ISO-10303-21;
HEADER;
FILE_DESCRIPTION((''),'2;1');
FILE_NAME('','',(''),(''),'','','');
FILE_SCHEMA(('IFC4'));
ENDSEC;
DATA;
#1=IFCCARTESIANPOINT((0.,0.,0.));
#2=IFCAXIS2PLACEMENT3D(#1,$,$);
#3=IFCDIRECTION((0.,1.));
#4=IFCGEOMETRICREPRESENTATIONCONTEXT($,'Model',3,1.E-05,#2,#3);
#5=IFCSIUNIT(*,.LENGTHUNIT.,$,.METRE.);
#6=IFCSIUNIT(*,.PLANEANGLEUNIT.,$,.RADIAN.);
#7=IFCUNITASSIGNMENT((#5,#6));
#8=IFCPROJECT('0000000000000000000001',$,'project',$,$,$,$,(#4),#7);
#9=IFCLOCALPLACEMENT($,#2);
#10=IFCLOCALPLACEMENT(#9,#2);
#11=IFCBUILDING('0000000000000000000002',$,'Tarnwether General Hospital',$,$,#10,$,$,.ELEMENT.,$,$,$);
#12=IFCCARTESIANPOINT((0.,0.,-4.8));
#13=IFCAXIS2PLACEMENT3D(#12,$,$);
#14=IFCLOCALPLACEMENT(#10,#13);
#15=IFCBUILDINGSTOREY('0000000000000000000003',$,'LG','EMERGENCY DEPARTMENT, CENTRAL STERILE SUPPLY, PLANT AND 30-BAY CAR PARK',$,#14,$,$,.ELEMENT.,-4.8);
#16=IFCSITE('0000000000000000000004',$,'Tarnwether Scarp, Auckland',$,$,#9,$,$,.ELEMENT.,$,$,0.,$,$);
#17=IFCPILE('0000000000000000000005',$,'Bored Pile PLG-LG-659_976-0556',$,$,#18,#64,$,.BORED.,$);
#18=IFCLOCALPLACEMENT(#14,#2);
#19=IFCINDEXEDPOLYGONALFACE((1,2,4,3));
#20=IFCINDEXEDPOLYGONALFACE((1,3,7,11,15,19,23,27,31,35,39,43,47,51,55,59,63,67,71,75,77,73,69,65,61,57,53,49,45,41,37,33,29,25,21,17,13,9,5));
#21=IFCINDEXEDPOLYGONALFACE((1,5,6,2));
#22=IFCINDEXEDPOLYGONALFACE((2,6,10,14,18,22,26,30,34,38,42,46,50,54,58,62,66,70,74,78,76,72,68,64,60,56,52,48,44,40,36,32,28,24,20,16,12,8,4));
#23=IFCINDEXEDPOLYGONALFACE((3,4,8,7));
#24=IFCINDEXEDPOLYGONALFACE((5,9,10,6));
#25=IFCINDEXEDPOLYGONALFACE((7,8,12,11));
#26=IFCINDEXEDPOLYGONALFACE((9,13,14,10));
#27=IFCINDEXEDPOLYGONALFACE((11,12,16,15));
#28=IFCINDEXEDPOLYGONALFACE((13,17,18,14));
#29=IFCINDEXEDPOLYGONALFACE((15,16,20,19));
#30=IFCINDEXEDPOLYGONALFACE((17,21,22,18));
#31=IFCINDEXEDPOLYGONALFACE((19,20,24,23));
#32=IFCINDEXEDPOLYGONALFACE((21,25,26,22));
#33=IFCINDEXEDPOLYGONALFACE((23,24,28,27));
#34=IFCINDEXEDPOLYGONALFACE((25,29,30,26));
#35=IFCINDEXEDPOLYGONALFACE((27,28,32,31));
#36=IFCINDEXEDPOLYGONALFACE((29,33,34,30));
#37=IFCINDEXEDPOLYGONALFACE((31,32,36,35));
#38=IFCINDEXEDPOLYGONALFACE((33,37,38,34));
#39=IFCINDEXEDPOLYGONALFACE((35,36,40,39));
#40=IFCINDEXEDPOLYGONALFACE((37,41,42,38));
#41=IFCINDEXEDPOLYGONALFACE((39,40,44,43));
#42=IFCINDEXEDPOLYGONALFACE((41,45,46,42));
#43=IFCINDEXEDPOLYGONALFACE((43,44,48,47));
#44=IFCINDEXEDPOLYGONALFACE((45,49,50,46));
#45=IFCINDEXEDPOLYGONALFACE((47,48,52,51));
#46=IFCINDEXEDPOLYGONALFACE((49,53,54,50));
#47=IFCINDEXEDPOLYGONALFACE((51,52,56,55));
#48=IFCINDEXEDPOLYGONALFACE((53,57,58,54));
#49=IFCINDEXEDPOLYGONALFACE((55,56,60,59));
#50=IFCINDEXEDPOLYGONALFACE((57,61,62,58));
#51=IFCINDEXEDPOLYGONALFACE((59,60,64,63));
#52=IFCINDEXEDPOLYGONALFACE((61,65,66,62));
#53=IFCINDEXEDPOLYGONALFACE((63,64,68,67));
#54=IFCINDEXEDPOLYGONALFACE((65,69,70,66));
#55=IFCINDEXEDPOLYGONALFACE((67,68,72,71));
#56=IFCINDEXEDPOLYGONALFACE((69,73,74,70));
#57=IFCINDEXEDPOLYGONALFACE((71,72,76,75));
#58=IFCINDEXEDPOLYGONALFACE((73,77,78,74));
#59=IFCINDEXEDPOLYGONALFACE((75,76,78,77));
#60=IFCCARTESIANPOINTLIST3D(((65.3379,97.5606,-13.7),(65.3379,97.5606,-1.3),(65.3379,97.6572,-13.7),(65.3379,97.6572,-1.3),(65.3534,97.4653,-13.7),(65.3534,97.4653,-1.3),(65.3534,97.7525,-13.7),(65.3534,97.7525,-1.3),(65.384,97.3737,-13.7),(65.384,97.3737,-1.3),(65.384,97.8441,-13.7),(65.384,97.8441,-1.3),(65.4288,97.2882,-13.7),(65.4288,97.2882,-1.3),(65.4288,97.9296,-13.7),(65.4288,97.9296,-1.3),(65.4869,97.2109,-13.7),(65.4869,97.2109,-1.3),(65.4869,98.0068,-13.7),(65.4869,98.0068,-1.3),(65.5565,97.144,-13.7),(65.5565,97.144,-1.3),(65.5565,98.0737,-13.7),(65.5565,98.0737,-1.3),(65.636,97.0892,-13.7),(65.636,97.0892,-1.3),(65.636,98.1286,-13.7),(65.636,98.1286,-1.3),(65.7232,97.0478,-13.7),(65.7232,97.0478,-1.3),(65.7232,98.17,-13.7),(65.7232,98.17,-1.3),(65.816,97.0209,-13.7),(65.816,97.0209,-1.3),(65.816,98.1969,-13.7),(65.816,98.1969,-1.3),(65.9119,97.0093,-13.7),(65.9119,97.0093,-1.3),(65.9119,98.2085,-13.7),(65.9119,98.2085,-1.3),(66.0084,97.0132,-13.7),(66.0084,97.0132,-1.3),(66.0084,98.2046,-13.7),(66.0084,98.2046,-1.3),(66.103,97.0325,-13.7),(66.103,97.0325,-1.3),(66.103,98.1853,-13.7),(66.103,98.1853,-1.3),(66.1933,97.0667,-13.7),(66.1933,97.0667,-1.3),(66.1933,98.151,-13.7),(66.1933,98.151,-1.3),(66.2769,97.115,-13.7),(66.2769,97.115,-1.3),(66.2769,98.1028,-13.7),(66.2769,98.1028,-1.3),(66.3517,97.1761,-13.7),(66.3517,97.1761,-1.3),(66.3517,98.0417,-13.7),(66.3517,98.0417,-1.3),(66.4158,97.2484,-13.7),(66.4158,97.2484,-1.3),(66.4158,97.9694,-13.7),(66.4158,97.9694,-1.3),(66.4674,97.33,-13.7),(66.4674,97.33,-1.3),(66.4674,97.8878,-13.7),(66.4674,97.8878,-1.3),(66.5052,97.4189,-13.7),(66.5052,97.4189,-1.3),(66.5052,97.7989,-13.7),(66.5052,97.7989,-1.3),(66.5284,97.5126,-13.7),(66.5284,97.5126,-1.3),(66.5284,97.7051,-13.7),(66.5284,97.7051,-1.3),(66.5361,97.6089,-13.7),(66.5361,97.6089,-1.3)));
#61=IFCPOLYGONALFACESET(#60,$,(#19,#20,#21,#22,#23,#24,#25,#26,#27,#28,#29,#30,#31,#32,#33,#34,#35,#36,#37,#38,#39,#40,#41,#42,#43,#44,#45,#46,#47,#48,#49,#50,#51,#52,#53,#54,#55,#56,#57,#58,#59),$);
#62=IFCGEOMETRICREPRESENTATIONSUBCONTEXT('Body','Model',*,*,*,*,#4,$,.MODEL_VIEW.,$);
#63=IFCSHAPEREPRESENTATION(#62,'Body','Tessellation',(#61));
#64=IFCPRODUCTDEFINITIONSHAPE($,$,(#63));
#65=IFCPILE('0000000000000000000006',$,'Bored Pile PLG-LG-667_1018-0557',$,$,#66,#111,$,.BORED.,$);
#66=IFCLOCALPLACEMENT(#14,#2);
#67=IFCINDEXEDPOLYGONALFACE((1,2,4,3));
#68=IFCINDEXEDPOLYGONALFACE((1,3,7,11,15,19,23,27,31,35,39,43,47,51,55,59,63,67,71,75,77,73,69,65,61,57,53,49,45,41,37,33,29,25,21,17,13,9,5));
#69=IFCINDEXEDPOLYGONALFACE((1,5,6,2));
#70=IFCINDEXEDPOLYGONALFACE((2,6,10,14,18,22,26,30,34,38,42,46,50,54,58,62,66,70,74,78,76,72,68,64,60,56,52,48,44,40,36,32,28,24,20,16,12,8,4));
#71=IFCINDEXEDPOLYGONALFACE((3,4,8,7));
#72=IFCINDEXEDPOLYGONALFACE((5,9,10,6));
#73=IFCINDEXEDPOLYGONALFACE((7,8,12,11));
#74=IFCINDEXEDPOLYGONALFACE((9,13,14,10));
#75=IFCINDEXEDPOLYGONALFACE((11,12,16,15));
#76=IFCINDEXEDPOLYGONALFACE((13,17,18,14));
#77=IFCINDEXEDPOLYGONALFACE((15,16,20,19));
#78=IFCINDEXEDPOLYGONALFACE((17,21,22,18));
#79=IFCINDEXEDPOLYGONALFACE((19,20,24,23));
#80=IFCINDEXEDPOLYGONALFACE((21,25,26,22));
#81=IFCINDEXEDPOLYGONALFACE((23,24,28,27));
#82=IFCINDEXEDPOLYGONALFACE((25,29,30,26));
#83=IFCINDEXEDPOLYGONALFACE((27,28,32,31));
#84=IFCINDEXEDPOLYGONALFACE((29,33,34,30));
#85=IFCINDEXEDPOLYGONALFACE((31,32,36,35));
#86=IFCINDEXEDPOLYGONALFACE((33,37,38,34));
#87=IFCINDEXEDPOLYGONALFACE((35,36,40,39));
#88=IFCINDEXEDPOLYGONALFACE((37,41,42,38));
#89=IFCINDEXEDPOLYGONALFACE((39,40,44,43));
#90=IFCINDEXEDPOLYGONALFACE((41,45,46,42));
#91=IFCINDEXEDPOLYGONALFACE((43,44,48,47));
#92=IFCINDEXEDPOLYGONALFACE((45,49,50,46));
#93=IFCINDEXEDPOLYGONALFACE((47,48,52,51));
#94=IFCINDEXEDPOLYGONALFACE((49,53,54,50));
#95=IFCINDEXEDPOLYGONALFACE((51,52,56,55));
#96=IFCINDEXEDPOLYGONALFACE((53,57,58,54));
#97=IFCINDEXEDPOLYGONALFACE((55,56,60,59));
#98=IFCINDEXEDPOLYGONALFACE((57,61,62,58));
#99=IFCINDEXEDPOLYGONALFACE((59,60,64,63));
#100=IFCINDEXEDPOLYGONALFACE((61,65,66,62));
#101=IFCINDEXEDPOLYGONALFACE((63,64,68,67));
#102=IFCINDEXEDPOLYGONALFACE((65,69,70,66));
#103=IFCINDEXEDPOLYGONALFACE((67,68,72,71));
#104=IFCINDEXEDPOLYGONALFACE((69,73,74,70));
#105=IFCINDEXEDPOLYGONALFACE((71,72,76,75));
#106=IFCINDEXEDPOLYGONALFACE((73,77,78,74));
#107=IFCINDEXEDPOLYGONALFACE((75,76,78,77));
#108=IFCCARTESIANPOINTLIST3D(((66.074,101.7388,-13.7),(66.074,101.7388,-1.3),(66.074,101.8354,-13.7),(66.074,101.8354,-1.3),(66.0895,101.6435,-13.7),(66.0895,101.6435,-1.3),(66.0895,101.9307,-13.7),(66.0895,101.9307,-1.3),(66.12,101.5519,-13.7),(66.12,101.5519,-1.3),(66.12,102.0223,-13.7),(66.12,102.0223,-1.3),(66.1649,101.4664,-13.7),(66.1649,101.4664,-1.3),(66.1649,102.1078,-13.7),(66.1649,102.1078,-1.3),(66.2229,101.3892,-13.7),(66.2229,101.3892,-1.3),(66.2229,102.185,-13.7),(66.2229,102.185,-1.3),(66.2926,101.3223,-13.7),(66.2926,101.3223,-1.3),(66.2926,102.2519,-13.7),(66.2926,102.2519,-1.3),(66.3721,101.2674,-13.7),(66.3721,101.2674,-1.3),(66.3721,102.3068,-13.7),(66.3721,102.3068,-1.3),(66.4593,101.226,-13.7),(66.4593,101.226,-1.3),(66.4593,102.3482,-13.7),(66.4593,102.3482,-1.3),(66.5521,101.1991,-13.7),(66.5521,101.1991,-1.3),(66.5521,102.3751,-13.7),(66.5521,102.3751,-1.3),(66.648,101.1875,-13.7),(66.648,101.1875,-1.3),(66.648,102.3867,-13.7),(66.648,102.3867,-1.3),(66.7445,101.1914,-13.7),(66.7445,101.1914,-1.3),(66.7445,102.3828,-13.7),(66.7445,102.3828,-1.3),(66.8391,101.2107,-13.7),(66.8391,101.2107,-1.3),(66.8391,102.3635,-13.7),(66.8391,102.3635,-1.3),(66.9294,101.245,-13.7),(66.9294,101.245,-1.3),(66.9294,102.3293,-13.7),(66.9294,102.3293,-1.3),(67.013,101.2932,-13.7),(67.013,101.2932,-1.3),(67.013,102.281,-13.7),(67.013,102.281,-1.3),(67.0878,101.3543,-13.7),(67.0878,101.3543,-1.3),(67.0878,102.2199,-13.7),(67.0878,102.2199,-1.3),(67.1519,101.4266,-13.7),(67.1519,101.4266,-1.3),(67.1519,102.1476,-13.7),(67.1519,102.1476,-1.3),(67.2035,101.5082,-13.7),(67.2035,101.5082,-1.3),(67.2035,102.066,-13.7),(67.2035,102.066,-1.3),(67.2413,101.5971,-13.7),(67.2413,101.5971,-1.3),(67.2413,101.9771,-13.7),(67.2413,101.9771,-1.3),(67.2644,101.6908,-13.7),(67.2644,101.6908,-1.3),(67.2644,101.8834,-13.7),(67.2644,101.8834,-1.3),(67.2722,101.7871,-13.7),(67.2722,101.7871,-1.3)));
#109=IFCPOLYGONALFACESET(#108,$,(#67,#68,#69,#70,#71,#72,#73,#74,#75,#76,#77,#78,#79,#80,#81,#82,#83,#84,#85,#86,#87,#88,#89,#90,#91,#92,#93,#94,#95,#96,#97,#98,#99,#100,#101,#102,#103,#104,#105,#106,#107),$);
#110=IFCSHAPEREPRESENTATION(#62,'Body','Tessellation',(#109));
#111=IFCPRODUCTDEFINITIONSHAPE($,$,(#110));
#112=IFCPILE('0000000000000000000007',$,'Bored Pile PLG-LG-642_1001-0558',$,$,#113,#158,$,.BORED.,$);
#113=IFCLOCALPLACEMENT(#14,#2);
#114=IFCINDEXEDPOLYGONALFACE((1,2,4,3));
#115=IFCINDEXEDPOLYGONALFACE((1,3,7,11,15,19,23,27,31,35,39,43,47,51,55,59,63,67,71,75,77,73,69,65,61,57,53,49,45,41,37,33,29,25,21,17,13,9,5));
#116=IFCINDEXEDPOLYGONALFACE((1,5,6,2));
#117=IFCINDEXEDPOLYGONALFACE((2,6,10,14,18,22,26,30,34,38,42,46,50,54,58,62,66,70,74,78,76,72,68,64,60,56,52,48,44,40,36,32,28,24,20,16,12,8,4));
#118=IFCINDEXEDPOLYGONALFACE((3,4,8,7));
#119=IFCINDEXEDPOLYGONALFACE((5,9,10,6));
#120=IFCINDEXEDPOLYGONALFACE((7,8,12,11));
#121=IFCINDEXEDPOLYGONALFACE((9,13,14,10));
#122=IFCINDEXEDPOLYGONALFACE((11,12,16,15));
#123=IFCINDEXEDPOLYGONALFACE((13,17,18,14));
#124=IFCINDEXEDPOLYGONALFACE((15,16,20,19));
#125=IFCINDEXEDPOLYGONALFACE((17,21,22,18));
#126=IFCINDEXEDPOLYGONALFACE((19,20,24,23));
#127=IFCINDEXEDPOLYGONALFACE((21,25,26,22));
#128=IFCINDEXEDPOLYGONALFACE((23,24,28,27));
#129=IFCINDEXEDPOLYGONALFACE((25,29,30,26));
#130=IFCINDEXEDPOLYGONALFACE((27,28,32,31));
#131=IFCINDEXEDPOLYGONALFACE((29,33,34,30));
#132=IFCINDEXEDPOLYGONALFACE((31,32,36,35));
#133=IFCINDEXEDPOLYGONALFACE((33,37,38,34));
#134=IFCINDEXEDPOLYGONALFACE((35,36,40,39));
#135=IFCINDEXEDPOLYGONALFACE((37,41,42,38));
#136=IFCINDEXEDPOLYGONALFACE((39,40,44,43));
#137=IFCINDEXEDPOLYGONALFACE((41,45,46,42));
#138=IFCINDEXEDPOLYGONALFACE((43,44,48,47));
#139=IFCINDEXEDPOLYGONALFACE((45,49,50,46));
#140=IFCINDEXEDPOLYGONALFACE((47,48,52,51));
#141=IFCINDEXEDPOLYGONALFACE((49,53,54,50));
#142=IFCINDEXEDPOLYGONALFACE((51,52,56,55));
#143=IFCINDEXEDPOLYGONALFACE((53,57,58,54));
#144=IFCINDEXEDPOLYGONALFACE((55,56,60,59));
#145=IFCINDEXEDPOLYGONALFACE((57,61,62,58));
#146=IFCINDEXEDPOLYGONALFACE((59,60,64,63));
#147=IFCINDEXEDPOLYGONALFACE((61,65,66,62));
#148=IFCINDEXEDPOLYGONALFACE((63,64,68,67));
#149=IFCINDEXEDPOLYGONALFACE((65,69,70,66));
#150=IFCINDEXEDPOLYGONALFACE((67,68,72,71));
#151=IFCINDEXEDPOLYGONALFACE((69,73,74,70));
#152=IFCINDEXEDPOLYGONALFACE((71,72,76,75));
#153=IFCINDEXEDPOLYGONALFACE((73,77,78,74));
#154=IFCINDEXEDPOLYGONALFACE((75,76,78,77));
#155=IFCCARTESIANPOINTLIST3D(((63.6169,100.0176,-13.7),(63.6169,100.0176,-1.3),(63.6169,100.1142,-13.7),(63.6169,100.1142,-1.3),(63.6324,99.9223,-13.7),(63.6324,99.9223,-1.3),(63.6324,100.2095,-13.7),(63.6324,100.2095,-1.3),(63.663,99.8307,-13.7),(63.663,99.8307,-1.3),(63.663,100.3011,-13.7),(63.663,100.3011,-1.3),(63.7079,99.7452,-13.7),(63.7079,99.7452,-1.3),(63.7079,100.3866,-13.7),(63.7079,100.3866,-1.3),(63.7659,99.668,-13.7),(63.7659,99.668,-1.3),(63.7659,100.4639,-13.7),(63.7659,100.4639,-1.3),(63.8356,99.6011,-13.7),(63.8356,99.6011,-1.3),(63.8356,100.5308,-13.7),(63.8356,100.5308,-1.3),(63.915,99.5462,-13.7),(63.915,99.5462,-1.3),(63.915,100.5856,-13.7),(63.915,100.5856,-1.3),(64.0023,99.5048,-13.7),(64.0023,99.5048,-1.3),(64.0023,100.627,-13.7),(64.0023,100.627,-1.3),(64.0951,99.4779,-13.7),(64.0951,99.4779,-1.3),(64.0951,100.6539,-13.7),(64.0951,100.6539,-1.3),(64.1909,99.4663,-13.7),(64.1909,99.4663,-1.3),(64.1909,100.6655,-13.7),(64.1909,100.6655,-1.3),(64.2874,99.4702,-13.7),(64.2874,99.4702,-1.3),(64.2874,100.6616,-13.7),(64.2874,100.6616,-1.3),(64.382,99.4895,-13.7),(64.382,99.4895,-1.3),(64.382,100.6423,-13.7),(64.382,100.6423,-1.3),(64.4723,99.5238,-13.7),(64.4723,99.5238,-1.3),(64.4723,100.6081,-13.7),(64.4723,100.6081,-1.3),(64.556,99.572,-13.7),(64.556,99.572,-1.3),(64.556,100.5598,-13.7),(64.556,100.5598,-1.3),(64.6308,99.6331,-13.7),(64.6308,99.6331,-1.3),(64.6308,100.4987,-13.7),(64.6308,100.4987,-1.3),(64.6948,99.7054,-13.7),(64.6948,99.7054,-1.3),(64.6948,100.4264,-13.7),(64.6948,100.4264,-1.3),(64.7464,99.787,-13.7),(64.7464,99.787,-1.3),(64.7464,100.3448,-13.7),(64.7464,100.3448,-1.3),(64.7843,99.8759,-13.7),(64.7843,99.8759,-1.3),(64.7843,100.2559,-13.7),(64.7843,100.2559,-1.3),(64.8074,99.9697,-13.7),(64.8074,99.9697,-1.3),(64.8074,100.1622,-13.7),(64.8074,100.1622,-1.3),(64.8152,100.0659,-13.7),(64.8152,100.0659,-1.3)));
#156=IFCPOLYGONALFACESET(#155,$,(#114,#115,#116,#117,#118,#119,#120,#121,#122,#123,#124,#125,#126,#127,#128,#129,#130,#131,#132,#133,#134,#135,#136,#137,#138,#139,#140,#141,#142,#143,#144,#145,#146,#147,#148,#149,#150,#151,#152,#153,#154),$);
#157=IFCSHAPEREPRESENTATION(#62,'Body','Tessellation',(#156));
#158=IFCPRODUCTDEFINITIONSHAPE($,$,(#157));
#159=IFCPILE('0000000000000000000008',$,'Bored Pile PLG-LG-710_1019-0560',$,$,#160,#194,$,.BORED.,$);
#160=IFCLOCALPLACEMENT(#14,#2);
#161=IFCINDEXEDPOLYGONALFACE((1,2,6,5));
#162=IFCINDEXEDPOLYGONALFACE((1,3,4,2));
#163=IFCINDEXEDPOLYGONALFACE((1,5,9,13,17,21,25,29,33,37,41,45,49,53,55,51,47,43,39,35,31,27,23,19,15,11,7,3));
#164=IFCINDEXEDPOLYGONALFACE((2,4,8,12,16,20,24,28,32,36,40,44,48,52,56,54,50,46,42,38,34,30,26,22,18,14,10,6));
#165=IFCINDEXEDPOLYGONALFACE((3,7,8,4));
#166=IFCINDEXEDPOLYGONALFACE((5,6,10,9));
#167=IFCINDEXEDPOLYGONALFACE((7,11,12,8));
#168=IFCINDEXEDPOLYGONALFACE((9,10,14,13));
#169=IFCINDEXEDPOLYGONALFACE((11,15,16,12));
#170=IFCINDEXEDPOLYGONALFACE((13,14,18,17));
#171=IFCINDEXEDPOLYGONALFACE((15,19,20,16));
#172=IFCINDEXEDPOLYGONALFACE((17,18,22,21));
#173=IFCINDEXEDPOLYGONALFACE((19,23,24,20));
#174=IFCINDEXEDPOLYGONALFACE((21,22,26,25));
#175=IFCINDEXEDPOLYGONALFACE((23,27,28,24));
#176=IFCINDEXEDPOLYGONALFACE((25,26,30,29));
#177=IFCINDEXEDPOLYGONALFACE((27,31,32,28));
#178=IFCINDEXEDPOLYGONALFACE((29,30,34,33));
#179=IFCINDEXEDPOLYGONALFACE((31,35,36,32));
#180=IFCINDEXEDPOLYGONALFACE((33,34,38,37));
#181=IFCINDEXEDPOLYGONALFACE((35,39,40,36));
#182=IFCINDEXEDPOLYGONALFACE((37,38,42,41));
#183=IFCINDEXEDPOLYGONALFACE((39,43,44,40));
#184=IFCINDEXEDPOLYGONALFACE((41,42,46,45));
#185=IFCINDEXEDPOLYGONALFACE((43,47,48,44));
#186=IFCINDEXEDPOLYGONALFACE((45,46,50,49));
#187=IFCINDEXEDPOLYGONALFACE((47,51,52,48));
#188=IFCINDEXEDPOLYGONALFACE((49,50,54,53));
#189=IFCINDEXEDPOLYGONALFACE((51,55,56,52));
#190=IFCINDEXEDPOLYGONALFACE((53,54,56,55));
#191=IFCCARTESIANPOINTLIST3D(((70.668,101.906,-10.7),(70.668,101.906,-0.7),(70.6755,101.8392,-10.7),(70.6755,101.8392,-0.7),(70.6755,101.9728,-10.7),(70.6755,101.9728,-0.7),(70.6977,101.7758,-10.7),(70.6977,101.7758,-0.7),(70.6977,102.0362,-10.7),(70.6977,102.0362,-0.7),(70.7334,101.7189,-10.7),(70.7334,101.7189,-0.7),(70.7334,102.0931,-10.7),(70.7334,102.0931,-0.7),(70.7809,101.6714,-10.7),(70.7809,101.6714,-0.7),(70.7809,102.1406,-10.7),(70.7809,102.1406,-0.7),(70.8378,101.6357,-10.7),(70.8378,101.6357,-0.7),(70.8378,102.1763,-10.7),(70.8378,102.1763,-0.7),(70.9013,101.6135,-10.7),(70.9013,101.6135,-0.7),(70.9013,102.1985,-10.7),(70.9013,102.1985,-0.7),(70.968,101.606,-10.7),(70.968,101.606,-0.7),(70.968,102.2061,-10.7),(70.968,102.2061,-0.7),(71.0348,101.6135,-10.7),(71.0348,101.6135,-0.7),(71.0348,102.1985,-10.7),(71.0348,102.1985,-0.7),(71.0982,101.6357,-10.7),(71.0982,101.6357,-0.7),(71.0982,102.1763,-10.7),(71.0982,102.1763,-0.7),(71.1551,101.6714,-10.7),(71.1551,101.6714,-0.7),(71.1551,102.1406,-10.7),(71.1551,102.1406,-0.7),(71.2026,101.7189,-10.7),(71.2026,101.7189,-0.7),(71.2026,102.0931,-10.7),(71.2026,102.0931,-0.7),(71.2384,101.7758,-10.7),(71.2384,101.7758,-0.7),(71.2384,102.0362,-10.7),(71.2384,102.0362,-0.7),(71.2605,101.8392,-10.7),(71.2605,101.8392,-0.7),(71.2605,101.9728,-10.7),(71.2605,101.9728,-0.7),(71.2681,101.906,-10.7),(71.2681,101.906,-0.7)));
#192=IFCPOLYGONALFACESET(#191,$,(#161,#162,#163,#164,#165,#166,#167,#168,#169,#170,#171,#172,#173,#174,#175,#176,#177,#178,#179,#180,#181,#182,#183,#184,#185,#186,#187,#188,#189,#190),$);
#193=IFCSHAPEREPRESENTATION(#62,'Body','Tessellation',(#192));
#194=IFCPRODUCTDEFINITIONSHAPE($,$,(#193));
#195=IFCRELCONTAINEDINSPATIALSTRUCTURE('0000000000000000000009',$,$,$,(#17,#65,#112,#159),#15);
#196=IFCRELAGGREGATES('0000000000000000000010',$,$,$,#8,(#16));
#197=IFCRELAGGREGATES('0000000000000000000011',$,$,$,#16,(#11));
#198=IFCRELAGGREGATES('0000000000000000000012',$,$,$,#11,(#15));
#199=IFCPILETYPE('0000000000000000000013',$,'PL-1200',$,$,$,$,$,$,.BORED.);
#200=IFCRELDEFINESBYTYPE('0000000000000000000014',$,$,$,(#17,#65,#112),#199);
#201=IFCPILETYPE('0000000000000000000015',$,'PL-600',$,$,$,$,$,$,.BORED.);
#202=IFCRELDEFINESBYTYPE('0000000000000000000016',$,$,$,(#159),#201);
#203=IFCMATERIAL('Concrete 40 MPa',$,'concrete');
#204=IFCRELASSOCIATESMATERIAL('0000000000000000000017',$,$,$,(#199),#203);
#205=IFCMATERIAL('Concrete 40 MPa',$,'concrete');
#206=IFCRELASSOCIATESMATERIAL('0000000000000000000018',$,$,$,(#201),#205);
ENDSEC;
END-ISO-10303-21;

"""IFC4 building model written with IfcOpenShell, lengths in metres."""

from ifc_helpers import new_model, si_unit, direction, frame, origin, origin_2d, place, context, subcontext, project, spatial, circle, extrude, material, material_profile, profile_set, type_object, element, save


model = new_model("IFC4")

# Units and contexts
model_context = context("Model", 3, precision=1e-05, world=origin(), true_north=direction((0.0, 1.0)))
body_context = subcontext(model_context, "Body", "Model", "MODEL_VIEW")
ifc_project = project(units=[si_unit("LENGTHUNIT", "METRE"), si_unit("PLANEANGLEUNIT", "RADIAN")], contexts=[model_context])

# Site, building, storey
site_placement = place(None, origin())
site = spatial("IfcSite", under=ifc_project, at=site_placement, Name="Tarnwether Scarp, Auckland", CompositionType="ELEMENT", RefElevation=0.0)
building_placement = place(site_placement, origin())
building = spatial("IfcBuilding", under=site, at=building_placement, Name="Tarnwether General Hospital", CompositionType="ELEMENT")
storey_placement = place(building_placement, frame((0.0, 0.0, -4.8)))
storey = spatial("IfcBuildingStorey", under=building, at=storey_placement, Name="LG", Description="EMERGENCY DEPARTMENT, CENTRAL STERILE SUPPLY, PLANT AND 30-BAY CAR PARK", CompositionType="ELEMENT", Elevation=-4.8)

# Piles
ifc_material_1 = material(Name="Concrete 40 MPa", Category="concrete")
ifc_material_profile_1 = material_profile(ifc_material_1, circle(Radius=0.6001, at=origin_2d()), Name="PILE-D1200")
ifc_profile_set_1 = profile_set([ifc_material_profile_1], Name="Concrete 40 MPa")
pile_type_1 = type_object("IfcPileType", Name="PL-1200", PredefinedType="BORED", material=ifc_profile_set_1)
for number, where, z_axis, x_axis, name in (
    (1, (65.936, 97.6089, -1.3), (0.0, 0.0, -1.0), (1.0, 0.0, 0.0), "Bored Pile PLG-LG-659_976-0556"),
    (2, (66.6721, 101.7871, -1.3), (0.0, 0.0, -1.0), (1.0, 0.0, 0.0), "Bored Pile PLG-LG-667_1018-0557"),
    (3, (64.2151, 100.0659, -1.3), (0.0, 0.0, -1.0), (1.0, 0.0, 0.0), "Bored Pile PLG-LG-642_1001-0558"),
):
    element("IfcPile", number, at=place(storey_placement, frame(where, z_axis=z_axis, x_axis=x_axis)), inside=storey, type_object=pile_type_1, Name=name, PredefinedType="BORED", context=body_context, shape_type="SweptSolid", body=[
        extrude(circle(Radius=0.6001, at=origin_2d()), origin(), (0.0, 0.0, 1.0), 12.3999),
    ])
ifc_material_2 = material(Name="Concrete 40 MPa", Category="concrete")
ifc_material_profile_2 = material_profile(ifc_material_2, circle(Radius=0.3, at=origin_2d()), Name="PILE-D600")
ifc_profile_set_2 = profile_set([ifc_material_profile_2], Name="Concrete 40 MPa")
pile_type_2 = type_object("IfcPileType", Name="PL-600", PredefinedType="BORED", material=ifc_profile_set_2)
pile_placement = place(storey_placement, frame((70.968, 101.906, -0.7), z_axis=(0.0, 0.0, -1.0), x_axis=(1.0, 0.0, 0.0)))
element("IfcPile", 4, at=pile_placement, inside=storey, type_object=pile_type_2, Name="Bored Pile PLG-LG-710_1019-0560", PredefinedType="BORED", context=body_context, shape_type="SweptSolid", body=[
    extrude(circle(Radius=0.3, at=origin_2d()), origin(), (0.0, 0.0, 1.0), 10.0),
])

save(model, "model.ifc")
